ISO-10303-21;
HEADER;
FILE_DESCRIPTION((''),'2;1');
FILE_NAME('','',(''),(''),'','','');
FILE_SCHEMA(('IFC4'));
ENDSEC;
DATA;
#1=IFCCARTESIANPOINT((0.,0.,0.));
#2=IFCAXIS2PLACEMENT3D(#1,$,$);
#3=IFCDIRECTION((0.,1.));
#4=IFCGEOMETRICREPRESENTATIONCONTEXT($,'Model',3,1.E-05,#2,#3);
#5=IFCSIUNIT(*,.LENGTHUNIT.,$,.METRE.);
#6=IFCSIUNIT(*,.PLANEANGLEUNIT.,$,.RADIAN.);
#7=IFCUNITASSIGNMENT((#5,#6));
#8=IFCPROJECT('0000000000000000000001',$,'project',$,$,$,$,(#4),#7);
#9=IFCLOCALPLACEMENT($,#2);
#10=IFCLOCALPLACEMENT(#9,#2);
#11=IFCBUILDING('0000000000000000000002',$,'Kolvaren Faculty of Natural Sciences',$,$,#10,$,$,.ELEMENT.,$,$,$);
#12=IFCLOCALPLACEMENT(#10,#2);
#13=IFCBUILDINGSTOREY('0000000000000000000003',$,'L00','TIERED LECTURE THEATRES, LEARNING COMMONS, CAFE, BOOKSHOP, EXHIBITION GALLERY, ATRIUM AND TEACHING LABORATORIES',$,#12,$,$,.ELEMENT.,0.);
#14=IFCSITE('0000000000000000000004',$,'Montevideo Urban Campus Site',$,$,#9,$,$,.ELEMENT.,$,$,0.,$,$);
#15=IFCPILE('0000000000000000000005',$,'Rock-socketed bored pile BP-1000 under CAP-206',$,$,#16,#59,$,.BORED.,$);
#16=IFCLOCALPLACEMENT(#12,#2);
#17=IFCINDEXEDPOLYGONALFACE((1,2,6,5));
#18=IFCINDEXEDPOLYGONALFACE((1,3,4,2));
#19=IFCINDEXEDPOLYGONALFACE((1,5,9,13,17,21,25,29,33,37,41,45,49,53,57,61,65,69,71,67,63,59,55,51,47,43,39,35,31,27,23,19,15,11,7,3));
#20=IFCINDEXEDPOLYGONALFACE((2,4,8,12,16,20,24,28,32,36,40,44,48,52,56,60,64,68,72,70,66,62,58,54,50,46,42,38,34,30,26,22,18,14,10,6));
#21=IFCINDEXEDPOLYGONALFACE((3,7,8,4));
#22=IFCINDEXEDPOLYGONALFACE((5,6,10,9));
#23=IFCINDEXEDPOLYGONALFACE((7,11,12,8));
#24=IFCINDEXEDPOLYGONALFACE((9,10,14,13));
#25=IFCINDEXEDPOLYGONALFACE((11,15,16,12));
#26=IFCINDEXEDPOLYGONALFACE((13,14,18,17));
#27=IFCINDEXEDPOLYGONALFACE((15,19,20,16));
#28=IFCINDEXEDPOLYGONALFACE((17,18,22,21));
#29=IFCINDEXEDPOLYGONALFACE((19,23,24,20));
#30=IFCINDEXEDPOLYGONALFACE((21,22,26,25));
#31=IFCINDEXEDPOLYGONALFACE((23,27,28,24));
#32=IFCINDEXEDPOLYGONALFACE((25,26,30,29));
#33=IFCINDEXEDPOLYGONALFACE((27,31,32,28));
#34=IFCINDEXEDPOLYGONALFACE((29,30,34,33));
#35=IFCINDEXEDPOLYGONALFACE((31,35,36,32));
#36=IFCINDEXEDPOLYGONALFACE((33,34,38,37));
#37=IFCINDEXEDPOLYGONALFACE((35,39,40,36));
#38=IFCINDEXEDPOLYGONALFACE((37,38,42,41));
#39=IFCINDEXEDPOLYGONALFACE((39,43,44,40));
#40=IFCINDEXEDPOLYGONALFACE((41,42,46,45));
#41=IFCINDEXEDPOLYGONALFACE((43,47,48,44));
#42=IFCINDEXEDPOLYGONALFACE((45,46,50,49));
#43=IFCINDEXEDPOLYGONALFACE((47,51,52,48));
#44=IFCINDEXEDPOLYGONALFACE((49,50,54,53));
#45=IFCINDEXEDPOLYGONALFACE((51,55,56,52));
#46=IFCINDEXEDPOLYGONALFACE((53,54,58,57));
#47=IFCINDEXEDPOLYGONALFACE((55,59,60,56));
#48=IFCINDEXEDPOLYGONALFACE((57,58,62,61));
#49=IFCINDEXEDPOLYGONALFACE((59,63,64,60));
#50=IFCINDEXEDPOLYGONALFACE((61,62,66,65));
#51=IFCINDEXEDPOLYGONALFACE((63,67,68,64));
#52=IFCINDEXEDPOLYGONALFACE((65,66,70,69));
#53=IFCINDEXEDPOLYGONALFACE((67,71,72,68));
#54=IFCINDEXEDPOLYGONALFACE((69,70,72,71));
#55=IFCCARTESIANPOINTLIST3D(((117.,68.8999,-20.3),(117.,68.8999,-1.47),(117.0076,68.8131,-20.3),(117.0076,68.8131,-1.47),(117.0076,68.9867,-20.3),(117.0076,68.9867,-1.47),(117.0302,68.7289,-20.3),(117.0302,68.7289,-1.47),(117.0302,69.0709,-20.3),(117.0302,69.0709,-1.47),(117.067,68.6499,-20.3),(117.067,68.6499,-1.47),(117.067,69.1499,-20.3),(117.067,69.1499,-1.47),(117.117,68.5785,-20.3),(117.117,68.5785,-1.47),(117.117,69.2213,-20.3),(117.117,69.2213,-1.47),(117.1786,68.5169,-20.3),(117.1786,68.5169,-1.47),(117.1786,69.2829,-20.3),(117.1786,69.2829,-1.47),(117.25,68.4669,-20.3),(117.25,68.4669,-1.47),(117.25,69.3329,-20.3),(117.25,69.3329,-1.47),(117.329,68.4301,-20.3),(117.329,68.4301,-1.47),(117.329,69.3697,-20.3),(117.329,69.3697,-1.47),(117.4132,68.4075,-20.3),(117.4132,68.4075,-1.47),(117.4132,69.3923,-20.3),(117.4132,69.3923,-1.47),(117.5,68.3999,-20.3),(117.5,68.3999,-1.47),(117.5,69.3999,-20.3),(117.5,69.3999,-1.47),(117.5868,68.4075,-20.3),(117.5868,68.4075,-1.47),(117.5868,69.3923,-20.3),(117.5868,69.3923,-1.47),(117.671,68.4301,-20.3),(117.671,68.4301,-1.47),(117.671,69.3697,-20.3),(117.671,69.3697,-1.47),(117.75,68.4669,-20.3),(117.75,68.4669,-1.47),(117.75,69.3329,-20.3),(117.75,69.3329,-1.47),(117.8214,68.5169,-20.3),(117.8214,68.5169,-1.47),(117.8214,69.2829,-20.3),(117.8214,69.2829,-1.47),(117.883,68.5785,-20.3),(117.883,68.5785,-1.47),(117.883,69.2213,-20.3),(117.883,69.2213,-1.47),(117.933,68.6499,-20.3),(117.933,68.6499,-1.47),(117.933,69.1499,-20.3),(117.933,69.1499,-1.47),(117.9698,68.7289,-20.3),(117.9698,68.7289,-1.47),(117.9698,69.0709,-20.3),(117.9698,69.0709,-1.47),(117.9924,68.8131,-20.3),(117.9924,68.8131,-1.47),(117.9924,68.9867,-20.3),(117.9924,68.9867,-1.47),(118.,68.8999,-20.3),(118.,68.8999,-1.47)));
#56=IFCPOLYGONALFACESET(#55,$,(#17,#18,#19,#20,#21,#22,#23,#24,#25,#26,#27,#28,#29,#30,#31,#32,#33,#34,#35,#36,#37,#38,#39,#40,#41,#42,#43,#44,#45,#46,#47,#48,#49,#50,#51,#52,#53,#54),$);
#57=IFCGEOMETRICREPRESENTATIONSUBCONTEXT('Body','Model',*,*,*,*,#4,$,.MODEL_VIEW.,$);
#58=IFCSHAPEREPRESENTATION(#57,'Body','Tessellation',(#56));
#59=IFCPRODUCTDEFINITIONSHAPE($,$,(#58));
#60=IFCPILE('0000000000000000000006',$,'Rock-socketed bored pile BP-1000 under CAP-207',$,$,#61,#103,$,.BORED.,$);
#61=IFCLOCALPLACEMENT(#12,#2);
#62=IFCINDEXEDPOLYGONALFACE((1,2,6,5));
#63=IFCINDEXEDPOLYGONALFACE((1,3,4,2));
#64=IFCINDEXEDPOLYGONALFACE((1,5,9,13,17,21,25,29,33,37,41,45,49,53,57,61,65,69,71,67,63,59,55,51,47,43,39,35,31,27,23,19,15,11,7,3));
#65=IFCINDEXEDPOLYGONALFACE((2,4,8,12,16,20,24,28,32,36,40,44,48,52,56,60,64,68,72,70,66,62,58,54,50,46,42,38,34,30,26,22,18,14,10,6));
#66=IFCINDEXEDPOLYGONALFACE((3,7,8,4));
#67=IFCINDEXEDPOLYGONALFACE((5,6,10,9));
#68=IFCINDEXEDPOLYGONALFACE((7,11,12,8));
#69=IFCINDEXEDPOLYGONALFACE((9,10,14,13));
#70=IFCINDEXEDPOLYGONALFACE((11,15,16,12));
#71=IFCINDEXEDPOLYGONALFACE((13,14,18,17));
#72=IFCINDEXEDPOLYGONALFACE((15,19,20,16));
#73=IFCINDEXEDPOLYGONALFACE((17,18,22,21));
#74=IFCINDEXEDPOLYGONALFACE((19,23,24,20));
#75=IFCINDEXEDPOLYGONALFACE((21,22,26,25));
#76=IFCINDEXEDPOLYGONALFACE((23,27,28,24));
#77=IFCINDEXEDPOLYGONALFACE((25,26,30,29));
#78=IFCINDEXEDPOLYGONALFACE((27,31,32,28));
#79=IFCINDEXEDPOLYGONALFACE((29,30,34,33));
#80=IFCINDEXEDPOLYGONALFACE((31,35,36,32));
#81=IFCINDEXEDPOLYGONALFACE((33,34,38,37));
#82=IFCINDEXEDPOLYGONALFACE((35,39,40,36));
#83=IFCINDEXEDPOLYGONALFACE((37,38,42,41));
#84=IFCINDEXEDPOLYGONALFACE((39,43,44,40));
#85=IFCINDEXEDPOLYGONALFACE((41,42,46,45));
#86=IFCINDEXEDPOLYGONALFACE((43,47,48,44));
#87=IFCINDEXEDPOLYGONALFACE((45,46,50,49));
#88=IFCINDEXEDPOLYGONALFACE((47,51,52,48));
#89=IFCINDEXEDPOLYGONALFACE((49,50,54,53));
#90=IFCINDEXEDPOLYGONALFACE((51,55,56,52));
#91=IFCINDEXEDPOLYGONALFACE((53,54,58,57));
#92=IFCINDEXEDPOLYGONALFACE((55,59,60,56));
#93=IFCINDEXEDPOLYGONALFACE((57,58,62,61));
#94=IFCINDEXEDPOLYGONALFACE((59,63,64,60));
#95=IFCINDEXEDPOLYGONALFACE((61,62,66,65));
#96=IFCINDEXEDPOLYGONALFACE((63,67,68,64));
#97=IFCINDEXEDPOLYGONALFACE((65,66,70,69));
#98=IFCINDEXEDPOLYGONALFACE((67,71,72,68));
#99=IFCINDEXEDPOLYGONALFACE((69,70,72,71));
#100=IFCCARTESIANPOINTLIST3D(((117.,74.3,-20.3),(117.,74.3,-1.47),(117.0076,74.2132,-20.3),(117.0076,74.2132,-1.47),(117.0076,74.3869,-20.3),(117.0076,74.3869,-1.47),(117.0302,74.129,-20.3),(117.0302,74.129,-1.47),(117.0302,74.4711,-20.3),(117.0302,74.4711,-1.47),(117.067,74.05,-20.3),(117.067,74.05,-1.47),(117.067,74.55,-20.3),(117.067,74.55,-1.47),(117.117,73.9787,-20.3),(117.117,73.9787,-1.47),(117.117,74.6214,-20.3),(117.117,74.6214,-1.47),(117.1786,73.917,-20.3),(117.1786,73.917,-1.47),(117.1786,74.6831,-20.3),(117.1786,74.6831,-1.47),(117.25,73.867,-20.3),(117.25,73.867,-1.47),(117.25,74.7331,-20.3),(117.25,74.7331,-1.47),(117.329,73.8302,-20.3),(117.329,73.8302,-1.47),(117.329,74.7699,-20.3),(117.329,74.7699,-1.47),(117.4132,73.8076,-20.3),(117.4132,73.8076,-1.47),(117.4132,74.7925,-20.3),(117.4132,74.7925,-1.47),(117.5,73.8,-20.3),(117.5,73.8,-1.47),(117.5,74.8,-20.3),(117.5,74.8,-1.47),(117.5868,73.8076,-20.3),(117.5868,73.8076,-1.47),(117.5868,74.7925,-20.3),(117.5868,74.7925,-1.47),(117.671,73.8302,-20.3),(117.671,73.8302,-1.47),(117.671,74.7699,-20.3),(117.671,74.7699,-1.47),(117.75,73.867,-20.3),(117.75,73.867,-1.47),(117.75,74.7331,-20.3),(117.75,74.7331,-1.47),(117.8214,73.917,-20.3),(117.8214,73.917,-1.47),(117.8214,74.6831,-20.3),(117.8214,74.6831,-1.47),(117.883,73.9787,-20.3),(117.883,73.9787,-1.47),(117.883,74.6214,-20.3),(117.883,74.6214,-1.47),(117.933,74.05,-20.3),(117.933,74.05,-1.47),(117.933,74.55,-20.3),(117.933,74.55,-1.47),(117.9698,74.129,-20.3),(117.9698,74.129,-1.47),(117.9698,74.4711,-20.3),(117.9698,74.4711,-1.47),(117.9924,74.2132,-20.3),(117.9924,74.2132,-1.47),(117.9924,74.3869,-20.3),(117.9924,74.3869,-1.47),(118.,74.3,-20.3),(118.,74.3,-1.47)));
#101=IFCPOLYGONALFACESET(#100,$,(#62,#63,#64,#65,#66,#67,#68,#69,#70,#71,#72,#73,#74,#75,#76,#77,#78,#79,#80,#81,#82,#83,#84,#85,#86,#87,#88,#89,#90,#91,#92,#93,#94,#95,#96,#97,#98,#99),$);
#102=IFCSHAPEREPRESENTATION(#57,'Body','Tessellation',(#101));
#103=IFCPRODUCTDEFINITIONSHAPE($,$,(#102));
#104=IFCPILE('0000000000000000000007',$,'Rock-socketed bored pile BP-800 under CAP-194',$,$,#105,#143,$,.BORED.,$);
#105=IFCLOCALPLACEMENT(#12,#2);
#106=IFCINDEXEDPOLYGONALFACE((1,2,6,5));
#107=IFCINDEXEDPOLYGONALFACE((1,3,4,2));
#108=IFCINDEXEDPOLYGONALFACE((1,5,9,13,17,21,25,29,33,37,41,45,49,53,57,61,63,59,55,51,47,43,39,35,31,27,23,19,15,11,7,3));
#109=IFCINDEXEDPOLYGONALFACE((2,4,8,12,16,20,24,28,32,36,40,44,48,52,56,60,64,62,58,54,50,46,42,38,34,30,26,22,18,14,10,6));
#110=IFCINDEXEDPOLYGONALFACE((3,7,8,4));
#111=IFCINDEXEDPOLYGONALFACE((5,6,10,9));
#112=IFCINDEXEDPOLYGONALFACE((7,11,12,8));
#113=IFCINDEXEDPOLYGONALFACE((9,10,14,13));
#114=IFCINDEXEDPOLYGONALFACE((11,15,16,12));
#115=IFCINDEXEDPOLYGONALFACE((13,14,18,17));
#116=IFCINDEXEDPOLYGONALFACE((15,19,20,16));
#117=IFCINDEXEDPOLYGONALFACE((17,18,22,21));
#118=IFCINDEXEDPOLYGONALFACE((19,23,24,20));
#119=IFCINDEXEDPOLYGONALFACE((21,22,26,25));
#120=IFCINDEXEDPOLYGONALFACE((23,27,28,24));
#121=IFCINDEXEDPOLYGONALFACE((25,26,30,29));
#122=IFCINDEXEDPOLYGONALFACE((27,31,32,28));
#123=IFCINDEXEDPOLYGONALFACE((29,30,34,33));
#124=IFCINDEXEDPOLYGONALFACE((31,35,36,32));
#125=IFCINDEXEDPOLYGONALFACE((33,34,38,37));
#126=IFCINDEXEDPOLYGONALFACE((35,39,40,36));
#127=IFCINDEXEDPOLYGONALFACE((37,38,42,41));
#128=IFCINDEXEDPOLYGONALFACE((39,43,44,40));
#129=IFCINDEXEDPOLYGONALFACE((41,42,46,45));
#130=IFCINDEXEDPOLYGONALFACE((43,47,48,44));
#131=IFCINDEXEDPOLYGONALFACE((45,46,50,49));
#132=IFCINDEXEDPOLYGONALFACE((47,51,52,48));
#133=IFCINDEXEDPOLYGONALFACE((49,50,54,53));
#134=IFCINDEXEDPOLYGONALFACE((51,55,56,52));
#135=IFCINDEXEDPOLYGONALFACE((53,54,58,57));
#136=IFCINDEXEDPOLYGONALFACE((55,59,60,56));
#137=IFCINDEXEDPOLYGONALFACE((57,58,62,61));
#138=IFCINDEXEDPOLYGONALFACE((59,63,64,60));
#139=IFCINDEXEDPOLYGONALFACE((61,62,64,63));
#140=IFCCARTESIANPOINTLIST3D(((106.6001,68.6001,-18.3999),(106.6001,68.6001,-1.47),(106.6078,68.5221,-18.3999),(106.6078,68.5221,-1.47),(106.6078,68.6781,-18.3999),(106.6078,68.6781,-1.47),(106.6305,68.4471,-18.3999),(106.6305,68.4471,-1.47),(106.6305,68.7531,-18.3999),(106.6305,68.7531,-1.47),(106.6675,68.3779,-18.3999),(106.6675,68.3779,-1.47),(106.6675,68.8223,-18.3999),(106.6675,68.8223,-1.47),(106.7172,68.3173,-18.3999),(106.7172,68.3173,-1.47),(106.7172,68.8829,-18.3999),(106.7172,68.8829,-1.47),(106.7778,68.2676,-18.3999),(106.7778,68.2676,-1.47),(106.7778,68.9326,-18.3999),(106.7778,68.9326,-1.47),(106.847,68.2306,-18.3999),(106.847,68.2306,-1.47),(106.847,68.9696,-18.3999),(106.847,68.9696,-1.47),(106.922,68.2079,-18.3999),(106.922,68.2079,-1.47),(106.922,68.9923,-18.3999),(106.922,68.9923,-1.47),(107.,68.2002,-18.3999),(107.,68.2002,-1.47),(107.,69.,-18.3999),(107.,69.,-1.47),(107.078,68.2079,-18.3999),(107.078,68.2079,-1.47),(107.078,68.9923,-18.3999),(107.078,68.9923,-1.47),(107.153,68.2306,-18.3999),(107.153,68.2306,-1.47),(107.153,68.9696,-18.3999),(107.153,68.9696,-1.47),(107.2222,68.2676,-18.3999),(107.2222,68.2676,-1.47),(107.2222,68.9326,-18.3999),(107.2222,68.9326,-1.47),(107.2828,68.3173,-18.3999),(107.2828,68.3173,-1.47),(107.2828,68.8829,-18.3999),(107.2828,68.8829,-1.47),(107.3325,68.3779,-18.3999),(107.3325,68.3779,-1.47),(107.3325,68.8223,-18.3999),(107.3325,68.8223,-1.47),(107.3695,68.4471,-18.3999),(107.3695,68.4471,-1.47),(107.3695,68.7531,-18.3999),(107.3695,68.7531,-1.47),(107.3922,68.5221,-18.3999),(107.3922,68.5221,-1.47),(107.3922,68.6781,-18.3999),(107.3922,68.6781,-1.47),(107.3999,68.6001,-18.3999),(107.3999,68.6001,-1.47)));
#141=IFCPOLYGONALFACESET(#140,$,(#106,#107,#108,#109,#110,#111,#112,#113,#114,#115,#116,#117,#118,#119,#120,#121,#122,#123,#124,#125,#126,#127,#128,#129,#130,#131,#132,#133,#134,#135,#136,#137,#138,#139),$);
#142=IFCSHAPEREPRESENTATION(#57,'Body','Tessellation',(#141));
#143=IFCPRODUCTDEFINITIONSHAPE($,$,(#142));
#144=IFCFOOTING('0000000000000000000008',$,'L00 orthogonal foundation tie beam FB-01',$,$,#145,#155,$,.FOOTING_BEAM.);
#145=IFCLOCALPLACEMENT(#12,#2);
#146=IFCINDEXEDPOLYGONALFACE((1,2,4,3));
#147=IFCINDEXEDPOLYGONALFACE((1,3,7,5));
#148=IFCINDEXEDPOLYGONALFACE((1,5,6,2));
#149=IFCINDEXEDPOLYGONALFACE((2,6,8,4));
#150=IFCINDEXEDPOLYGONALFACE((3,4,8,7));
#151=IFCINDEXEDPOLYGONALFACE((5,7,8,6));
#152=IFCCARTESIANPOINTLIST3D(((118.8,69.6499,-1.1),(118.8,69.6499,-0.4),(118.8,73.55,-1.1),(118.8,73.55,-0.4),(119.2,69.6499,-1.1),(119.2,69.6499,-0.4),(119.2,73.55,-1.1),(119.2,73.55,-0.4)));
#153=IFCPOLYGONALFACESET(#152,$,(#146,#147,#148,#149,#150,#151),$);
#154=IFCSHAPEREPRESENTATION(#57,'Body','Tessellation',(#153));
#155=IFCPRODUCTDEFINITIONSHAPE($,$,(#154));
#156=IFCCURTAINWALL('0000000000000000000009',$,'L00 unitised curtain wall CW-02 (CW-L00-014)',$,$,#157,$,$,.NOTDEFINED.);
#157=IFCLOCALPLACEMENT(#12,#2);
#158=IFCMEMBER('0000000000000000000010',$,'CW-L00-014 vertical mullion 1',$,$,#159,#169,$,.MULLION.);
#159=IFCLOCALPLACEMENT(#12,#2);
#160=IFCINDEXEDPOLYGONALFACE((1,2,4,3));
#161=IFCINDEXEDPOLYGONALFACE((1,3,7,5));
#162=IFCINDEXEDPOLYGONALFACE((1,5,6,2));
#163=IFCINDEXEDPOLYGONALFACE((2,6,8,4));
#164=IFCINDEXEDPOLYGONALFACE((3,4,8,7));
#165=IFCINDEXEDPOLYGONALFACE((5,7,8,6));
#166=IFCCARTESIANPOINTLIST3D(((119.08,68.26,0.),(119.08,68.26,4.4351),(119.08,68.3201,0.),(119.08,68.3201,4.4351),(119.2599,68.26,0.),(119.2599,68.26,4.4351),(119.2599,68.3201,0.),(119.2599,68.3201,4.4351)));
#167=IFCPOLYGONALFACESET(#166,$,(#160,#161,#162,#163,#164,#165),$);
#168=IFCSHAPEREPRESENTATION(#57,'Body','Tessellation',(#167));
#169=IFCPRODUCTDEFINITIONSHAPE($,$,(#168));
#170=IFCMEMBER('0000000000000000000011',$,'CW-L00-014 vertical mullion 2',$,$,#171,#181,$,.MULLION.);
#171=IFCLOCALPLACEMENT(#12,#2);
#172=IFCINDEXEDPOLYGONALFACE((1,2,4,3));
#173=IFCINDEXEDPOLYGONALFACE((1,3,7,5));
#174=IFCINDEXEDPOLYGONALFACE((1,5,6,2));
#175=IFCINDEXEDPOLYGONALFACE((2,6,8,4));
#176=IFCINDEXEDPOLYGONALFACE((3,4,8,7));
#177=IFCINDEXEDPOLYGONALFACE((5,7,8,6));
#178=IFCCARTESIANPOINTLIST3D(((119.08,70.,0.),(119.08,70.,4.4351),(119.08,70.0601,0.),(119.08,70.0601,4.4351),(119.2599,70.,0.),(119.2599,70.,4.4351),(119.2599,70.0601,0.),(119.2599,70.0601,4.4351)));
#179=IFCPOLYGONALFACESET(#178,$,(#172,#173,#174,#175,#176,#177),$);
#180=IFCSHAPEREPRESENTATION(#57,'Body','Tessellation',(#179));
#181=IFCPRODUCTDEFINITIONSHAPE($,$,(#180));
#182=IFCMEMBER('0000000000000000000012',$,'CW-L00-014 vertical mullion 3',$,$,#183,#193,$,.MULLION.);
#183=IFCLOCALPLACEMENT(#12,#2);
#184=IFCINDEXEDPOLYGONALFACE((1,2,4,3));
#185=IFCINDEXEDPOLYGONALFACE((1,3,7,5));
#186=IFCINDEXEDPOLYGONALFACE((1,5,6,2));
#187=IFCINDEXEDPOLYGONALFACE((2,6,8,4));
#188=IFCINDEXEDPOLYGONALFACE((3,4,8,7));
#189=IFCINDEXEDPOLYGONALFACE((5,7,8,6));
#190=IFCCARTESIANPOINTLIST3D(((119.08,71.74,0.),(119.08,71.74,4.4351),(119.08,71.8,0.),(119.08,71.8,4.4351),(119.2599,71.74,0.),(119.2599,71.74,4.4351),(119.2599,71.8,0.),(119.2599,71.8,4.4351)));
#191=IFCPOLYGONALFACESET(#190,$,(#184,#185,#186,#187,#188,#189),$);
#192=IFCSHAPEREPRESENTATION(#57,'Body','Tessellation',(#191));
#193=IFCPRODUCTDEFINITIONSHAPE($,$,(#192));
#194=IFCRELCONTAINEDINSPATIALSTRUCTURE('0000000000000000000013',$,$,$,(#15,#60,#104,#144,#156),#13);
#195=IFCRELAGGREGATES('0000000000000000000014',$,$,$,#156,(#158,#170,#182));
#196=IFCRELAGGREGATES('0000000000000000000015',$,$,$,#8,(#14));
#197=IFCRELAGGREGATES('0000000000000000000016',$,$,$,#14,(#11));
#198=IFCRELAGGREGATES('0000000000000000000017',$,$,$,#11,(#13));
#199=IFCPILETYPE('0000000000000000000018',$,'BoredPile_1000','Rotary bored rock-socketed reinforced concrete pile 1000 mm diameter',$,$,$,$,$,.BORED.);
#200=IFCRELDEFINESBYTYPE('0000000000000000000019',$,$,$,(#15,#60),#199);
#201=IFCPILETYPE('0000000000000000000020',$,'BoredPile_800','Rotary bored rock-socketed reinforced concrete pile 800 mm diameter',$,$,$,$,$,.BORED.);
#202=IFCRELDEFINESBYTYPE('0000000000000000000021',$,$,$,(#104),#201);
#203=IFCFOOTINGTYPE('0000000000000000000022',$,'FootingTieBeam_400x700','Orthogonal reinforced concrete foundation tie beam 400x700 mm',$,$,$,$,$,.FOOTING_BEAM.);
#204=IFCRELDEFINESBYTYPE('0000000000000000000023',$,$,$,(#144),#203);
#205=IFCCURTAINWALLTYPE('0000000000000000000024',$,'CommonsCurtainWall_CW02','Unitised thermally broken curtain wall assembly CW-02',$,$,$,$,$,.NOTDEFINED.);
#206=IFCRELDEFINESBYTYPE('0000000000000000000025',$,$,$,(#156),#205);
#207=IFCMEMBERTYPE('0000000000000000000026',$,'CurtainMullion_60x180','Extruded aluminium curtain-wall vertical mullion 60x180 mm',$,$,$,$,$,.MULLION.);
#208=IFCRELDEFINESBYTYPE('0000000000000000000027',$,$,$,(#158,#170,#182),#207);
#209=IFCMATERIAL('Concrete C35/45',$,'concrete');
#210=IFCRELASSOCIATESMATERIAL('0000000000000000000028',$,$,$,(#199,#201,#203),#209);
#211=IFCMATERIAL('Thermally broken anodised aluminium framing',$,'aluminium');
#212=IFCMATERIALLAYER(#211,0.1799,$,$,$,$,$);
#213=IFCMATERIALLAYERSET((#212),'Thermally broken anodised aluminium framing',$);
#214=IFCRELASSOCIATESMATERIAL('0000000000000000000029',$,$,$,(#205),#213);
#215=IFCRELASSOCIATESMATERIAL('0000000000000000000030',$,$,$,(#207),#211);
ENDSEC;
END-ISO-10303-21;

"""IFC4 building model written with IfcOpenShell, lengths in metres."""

from ifc_helpers import new_model, si_unit, direction, frame, origin, origin_2d, place, context, subcontext, project, spatial, rectangle, circle, extrude, material, layer, layer_set, material_profile, profile_set, type_object, element, aggregate, save


model = new_model("IFC4")

# Units and contexts
model_context = context("Model", 3, precision=1e-05, world=origin(), true_north=direction((0.0, 1.0)))
body_context = subcontext(model_context, "Body", "Model", "MODEL_VIEW")
ifc_project = project(units=[si_unit("LENGTHUNIT", "METRE"), si_unit("PLANEANGLEUNIT", "RADIAN")], contexts=[model_context])

# Site, building, storey
site_placement = place(None, origin())
site = spatial("IfcSite", under=ifc_project, at=site_placement, Name="Montevideo Urban Campus Site", CompositionType="ELEMENT", RefElevation=0.0)
building_placement = place(site_placement, origin())
building = spatial("IfcBuilding", under=site, at=building_placement, Name="Kolvaren Faculty of Natural Sciences", CompositionType="ELEMENT")
storey_placement = place(building_placement, origin())
storey = spatial("IfcBuildingStorey", under=building, at=storey_placement, Name="L00", Description="TIERED LECTURE THEATRES, LEARNING COMMONS, CAFE, BOOKSHOP, EXHIBITION GALLERY, ATRIUM AND TEACHING LABORATORIES", CompositionType="ELEMENT", Elevation=0.0)

# Piles
ifc_material_1 = material(Name="Concrete C35/45", Category="concrete")
ifc_material_profile_1 = material_profile(ifc_material_1, circle(Radius=0.5, at=origin_2d()), Name="PILE D1000")
ifc_profile_set_1 = profile_set([ifc_material_profile_1], Name="Concrete C35/45")
pile_type_1 = type_object("IfcPileType", Name="BoredPile_1000", Description="Rotary bored rock-socketed reinforced concrete pile 1000 mm diameter", PredefinedType="BORED", material=ifc_profile_set_1)
for number, where, z_axis, x_axis, name in (
    (1, (117.5, 68.8999, -1.47), (0.0, 0.0, -1.0), (1.0, 0.0, 0.0), "Rock-socketed bored pile BP-1000 under CAP-206"),
    (2, (117.5, 74.3, -1.47), (0.0, 0.0, -1.0), (1.0, 0.0, 0.0), "Rock-socketed bored pile BP-1000 under CAP-207"),
):
    element("IfcPile", number, at=place(storey_placement, frame(where, z_axis=z_axis, x_axis=x_axis)), inside=storey, type_object=pile_type_1, Name=name, PredefinedType="BORED", context=body_context, shape_type="SweptSolid", body=[
        extrude(circle(Radius=0.5, at=origin_2d()), origin(), (0.0, 0.0, 1.0), 18.8301),
    ])
ifc_material_profile_2 = material_profile(ifc_material_1, circle(Radius=0.3999, at=origin_2d()), Name="PILE D800")
ifc_profile_set_2 = profile_set([ifc_material_profile_2], Name="Concrete C35/45")
pile_type_2 = type_object("IfcPileType", Name="BoredPile_800", Description="Rotary bored rock-socketed reinforced concrete pile 800 mm diameter", PredefinedType="BORED", material=ifc_profile_set_2)
pile_placement = place(storey_placement, frame((107.0, 68.6001, -1.47), z_axis=(0.0, 0.0, -1.0), x_axis=(1.0, 0.0, 0.0)))
element("IfcPile", 3, at=pile_placement, inside=storey, type_object=pile_type_2, Name="Rock-socketed bored pile BP-800 under CAP-194", PredefinedType="BORED", context=body_context, shape_type="SweptSolid", body=[
    extrude(circle(Radius=0.3999, at=origin_2d()), origin(), (0.0, 0.0, 1.0), 16.9299),
])

# Footing
ifc_material_profile_3 = material_profile(ifc_material_1, rectangle(XDim=0.3999, YDim=0.7, at=origin_2d()), Name="RC FB 400x700")
ifc_profile_set_3 = profile_set([ifc_material_profile_3], Name="Concrete C35/45")
footing_type = type_object("IfcFootingType", Name="FootingTieBeam_400x700", Description="Orthogonal reinforced concrete foundation tie beam 400x700 mm", PredefinedType="FOOTING_BEAM", material=ifc_profile_set_3)
footing_placement = place(storey_placement, frame((119.0, 69.6499, -0.75), z_axis=(0.0, 1.0, 0.0), x_axis=(-1.0, 0.0, 0.0)))
element("IfcFooting", 4, at=footing_placement, inside=storey, type_object=footing_type, Name="L00 orthogonal foundation tie beam FB-01", PredefinedType="FOOTING_BEAM", context=body_context, shape_type="SweptSolid", body=[
    extrude(rectangle(XDim=0.3999, YDim=0.7, at=origin_2d()), origin(), (0.0, 0.0, 1.0), 3.9001),
])

# Curtain wall, members
ifc_material_2 = material(Name="Thermally broken anodised aluminium framing", Category="aluminium")
ifc_layer_1 = layer(ifc_material_2, 0.1799)
ifc_layer_set_1 = layer_set([ifc_layer_1], Name="Thermally broken anodised aluminium framing")
curtain_wall_type = type_object("IfcCurtainWallType", Name="CommonsCurtainWall_CW02", Description="Unitised thermally broken curtain wall assembly CW-02", PredefinedType="NOTDEFINED", material=ifc_layer_set_1)
curtain_wall_placement = place(storey_placement, origin())
curtain_wall = element("IfcCurtainWall", 5, at=curtain_wall_placement, inside=storey, type_object=curtain_wall_type, Name="L00 unitised curtain wall CW-02 (CW-L00-014)", PredefinedType="NOTDEFINED")
ifc_material_profile_4 = material_profile(ifc_material_2, rectangle(XDim=0.0601, YDim=0.1799, at=origin_2d()), Name="ALU MUL 60x180")
ifc_profile_set_4 = profile_set([ifc_material_profile_4], Name="Thermally broken anodised aluminium framing")
member_type_1 = type_object("IfcMemberType", Name="CurtainMullion_60x180", Description="Extruded aluminium curtain-wall vertical mullion 60x180 mm", PredefinedType="MULLION", material=ifc_profile_set_4)
member_1_placement = place(storey_placement, frame((119.1699, 68.29, 0.0), z_axis=(0.0, 0.0, 1.0), x_axis=(0.0, 1.0, 0.0)))
member_1 = element("IfcMember", 6, at=member_1_placement, type_object=member_type_1, Name="CW-L00-014 vertical mullion 1", PredefinedType="MULLION", context=body_context, shape_type="SweptSolid", body=[
    extrude(rectangle(XDim=0.0601, YDim=0.1799, at=origin_2d()), origin(), (0.0, 0.0, 1.0), 4.4351),
])
member_2_placement = place(storey_placement, frame((119.1699, 70.03, 0.0), z_axis=(0.0, 0.0, 1.0), x_axis=(0.0, 1.0, 0.0)))
member_2 = element("IfcMember", 7, at=member_2_placement, type_object=member_type_1, Name="CW-L00-014 vertical mullion 2", PredefinedType="MULLION", context=body_context, shape_type="SweptSolid", body=[
    extrude(rectangle(XDim=0.0601, YDim=0.1799, at=origin_2d()), origin(), (0.0, 0.0, 1.0), 4.4351),
])
member_3_placement = place(storey_placement, frame((119.1699, 71.77, 0.0), z_axis=(0.0, 0.0, 1.0), x_axis=(0.0, 1.0, 0.0)))
member_3 = element("IfcMember", 8, at=member_3_placement, type_object=member_type_1, Name="CW-L00-014 vertical mullion 3", PredefinedType="MULLION", context=body_context, shape_type="SweptSolid", body=[
    extrude(rectangle(XDim=0.0601, YDim=0.1799, at=origin_2d()), origin(), (0.0, 0.0, 1.0), 4.4351),
])

aggregate(curtain_wall, [member_1, member_2, member_3])

save(model, "model.ifc")
